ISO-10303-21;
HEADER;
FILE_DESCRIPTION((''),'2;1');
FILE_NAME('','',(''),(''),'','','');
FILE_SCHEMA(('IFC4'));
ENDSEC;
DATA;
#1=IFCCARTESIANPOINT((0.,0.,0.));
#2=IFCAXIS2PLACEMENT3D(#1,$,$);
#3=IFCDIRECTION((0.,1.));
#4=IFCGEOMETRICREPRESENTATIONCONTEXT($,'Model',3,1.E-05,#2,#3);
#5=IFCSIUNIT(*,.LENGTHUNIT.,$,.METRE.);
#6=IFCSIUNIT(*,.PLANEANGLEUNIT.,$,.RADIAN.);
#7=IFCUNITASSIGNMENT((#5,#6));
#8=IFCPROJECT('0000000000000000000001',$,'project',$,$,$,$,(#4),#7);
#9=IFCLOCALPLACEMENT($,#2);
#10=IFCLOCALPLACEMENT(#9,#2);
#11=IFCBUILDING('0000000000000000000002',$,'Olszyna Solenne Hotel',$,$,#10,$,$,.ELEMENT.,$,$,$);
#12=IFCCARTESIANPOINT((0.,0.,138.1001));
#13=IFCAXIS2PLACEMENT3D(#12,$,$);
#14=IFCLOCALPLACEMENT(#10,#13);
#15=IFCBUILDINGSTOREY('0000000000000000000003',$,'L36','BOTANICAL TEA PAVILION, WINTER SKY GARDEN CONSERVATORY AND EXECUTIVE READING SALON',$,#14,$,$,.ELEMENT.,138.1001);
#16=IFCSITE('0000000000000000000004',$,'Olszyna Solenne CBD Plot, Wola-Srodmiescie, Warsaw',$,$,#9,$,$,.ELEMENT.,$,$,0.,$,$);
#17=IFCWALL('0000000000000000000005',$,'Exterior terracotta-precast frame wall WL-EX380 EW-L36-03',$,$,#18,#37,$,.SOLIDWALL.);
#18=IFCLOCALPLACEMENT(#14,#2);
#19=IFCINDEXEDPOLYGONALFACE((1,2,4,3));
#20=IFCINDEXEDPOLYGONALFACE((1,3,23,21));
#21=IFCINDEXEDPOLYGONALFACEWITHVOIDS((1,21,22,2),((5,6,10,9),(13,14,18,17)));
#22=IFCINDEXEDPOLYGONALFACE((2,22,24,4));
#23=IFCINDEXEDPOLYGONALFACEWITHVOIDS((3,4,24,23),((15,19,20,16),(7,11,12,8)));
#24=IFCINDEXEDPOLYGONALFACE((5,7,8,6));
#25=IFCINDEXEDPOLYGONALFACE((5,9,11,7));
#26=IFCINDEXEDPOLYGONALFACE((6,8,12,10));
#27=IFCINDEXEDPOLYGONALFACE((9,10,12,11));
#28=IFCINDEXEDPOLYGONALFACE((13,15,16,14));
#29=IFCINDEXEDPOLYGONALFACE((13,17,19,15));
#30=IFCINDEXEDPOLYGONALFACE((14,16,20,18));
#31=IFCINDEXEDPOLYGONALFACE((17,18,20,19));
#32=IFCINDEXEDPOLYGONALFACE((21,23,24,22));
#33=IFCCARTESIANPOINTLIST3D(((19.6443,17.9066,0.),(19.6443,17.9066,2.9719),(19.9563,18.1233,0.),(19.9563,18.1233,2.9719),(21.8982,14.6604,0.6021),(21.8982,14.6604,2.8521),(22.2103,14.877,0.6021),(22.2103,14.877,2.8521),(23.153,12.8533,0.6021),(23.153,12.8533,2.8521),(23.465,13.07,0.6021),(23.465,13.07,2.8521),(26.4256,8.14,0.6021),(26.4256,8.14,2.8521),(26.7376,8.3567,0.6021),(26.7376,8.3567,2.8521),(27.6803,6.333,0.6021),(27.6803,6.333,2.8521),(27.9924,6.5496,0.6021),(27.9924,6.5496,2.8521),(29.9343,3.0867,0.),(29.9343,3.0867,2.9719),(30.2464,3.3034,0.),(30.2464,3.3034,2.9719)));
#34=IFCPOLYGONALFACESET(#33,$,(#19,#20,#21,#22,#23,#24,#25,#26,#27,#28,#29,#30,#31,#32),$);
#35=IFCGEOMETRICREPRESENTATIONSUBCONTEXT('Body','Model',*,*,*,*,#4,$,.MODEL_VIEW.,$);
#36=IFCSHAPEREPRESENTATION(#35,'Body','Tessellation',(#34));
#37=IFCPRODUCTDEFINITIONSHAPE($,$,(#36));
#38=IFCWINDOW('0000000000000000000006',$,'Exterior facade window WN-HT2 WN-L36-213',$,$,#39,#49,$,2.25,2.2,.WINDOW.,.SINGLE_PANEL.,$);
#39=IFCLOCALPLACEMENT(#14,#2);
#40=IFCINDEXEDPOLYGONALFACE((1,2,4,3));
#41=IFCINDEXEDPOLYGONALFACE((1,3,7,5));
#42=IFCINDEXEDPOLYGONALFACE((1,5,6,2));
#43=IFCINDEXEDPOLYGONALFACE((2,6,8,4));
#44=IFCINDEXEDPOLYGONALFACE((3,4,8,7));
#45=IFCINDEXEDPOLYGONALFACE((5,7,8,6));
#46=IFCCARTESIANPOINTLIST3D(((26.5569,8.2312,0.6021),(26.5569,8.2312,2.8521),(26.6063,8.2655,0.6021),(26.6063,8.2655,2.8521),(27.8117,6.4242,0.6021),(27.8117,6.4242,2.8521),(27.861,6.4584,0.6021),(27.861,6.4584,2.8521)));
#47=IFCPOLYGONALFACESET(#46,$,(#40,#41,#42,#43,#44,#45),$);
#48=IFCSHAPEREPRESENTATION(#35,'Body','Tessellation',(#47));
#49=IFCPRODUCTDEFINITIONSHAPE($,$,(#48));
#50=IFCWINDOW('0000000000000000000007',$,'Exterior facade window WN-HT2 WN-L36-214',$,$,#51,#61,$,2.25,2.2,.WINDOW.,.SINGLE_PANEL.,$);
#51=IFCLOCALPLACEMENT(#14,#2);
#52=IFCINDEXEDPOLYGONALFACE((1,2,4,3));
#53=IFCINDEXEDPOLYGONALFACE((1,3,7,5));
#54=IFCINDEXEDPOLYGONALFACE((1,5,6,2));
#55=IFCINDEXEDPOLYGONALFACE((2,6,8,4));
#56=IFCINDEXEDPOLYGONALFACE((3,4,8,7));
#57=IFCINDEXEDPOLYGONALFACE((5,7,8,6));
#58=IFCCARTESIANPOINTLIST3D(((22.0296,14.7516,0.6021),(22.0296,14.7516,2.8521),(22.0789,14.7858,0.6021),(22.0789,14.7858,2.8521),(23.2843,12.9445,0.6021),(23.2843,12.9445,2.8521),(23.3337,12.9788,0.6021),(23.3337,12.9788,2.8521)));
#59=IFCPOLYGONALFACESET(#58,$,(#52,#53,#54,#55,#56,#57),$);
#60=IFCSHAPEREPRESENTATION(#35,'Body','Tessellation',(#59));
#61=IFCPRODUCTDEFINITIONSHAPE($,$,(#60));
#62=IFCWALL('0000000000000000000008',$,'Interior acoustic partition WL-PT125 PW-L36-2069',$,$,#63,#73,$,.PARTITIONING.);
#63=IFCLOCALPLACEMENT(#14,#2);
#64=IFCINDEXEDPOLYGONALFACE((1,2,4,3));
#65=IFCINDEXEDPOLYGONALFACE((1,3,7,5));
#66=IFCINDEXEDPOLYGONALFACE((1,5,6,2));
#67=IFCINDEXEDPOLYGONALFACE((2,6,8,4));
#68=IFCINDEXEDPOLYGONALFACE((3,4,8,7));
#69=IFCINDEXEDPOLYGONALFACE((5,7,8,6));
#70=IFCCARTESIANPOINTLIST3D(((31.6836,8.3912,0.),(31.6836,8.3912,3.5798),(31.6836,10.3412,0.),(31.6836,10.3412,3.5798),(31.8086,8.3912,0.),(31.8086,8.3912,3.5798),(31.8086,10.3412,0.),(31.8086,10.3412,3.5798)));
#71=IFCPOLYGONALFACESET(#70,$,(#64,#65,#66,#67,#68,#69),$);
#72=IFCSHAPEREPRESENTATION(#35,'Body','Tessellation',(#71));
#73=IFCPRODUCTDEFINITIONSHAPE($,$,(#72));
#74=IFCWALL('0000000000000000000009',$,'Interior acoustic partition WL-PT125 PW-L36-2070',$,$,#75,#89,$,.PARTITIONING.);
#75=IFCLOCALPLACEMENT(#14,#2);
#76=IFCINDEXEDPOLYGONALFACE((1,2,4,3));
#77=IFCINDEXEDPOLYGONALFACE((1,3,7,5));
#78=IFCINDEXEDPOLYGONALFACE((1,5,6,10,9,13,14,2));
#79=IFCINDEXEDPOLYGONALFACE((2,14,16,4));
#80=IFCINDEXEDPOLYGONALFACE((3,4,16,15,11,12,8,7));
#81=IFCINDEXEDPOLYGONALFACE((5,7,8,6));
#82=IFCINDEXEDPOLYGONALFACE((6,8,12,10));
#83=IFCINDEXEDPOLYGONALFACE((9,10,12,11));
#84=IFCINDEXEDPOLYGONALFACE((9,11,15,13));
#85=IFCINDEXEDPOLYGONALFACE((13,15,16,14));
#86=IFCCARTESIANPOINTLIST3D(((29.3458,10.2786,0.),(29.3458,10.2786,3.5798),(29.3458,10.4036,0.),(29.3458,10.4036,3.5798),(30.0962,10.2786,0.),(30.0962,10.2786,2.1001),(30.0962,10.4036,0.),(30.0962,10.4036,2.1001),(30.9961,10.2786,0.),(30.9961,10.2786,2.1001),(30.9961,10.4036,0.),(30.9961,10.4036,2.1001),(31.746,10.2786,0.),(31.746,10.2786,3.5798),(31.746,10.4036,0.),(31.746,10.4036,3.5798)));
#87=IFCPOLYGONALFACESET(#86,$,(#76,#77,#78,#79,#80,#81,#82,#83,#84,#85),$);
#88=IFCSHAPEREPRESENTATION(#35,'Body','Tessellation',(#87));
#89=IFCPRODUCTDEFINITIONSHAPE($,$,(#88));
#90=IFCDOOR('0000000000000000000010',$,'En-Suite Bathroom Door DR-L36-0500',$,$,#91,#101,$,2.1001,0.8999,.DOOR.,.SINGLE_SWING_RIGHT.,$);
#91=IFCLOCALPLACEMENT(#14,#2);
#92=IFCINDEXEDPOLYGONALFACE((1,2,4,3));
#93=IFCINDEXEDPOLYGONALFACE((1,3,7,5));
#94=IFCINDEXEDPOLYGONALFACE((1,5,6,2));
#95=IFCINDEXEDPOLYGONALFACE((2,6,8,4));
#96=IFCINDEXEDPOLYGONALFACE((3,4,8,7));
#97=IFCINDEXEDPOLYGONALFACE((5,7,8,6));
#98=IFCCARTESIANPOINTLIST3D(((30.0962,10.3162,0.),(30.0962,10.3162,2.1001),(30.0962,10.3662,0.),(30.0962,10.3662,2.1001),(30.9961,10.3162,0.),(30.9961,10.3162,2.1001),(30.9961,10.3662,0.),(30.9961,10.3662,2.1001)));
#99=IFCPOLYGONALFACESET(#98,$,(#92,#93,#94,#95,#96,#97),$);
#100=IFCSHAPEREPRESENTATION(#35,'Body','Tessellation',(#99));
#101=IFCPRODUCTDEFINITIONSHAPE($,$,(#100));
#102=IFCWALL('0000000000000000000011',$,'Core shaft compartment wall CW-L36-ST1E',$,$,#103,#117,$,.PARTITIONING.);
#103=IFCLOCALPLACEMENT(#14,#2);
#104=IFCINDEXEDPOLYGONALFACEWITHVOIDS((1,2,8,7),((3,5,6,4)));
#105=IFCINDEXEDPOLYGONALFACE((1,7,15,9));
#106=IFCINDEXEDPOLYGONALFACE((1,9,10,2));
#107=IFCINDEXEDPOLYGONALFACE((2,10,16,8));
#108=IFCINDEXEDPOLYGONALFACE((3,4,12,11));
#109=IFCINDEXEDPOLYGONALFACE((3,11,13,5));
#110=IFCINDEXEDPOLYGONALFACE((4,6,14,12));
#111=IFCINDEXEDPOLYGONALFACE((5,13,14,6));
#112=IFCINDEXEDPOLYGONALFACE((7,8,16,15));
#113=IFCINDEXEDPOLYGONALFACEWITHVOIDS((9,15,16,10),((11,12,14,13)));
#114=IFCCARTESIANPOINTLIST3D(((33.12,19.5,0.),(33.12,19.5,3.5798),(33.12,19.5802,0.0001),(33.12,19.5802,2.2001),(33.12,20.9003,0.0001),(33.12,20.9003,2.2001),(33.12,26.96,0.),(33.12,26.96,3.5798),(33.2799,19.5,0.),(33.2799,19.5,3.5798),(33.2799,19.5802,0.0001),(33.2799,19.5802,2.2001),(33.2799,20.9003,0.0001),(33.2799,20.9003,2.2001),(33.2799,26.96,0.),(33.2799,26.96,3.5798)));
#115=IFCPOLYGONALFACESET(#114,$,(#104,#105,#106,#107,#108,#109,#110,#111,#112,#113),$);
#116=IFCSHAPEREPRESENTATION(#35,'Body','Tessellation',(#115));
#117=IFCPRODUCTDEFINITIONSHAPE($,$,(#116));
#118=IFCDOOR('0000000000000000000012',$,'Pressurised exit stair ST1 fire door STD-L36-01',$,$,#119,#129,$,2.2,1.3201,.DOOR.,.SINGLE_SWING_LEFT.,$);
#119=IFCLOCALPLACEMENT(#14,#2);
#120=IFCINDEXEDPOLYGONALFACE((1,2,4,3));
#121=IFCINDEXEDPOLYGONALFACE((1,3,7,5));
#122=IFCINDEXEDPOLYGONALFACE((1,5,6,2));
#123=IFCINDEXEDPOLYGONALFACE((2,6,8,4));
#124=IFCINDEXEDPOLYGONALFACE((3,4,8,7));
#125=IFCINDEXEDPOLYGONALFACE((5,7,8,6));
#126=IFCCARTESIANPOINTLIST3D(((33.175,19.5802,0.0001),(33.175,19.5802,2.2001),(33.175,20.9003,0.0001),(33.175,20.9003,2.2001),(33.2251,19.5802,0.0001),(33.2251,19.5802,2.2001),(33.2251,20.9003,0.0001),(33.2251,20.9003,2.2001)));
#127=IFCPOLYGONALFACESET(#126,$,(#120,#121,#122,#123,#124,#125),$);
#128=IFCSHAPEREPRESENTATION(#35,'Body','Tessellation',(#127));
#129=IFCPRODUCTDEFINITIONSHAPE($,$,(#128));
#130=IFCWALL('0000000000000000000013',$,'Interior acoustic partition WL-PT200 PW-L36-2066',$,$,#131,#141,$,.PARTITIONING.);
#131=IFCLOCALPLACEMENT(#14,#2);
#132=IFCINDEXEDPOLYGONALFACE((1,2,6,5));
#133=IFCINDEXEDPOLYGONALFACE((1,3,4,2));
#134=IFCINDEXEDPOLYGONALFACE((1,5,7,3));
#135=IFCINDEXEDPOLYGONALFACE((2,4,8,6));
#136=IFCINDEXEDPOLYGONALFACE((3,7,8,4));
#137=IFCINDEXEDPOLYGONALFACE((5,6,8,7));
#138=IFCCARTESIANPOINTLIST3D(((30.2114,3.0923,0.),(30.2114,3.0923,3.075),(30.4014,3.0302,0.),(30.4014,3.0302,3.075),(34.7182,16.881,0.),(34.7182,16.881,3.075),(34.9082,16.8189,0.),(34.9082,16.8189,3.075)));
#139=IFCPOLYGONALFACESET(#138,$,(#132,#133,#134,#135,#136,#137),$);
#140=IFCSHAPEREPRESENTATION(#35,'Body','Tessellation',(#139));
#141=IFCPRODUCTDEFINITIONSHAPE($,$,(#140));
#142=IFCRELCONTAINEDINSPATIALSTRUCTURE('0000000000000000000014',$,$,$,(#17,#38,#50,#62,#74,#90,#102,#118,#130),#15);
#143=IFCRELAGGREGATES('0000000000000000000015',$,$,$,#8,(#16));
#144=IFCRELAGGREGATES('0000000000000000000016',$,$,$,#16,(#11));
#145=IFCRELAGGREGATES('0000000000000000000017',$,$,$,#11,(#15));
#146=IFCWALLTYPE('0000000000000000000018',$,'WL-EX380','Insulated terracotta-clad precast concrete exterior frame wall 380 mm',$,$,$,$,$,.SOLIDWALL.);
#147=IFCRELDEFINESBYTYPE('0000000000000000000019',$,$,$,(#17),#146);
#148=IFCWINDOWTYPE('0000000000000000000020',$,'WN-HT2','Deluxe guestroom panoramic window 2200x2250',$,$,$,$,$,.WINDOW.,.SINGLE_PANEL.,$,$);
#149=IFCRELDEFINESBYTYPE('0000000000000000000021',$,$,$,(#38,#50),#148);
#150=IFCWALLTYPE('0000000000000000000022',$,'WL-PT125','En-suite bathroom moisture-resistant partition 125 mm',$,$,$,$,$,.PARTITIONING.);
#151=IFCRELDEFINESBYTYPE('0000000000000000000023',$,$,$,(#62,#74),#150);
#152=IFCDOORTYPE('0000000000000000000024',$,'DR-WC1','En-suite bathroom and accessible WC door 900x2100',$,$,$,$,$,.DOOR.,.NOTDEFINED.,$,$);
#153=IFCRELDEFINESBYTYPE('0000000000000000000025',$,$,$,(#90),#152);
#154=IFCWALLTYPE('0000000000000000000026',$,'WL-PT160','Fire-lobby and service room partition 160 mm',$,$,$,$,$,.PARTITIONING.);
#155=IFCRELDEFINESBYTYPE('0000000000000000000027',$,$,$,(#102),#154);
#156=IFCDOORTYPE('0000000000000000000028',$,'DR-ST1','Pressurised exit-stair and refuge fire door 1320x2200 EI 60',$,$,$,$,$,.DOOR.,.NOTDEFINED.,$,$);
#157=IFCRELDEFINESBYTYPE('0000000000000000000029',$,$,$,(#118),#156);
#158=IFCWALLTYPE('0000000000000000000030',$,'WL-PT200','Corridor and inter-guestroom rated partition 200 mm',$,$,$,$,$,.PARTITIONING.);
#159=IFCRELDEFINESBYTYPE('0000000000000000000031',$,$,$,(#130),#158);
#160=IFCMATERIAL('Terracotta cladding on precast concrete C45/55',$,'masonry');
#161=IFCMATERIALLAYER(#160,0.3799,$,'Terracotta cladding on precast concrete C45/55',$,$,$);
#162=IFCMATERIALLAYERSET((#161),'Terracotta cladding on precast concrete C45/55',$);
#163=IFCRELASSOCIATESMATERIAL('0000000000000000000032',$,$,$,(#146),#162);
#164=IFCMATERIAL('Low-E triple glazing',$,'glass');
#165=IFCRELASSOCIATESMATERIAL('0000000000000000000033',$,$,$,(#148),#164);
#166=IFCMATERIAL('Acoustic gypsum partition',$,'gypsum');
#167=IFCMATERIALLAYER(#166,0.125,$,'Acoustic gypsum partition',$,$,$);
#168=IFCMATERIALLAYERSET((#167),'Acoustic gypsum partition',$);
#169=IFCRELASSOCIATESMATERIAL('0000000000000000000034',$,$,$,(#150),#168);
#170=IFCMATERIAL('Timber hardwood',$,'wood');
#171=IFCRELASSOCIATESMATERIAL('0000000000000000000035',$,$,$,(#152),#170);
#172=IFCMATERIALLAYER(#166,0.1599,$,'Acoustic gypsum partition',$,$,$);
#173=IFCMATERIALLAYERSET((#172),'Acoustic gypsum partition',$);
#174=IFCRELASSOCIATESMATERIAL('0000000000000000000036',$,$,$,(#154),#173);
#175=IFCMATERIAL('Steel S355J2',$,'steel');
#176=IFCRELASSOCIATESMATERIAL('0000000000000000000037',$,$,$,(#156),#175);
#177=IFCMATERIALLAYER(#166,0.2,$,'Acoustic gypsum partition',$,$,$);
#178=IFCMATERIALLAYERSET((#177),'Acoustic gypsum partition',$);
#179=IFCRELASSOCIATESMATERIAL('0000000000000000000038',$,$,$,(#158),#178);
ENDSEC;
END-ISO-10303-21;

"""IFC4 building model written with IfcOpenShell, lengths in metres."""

from ifc_helpers import new_model, si_unit, direction, frame, frame_2d, origin, place, context, subcontext, project, spatial, rectangle, extrude, source, transform, mapped, material, layer, layer_set, type_object, type_shapes, element, fill, save


model = new_model("IFC4")

# Units and contexts
model_context = context("Model", 3, precision=1e-05, world=origin(), true_north=direction((0.0, 1.0)))
body_context = subcontext(model_context, "Body", "Model", "MODEL_VIEW")
ifc_project = project(units=[si_unit("LENGTHUNIT", "METRE"), si_unit("PLANEANGLEUNIT", "RADIAN")], contexts=[model_context])

# Site, building, storey
site_placement = place(None, origin())
site = spatial("IfcSite", under=ifc_project, at=site_placement, Name="Olszyna Solenne CBD Plot, Wola-Srodmiescie, Warsaw", CompositionType="ELEMENT", RefElevation=0.0)
building_placement = place(site_placement, origin())
building = spatial("IfcBuilding", under=site, at=building_placement, Name="Olszyna Solenne Hotel", CompositionType="ELEMENT")
storey_placement = place(building_placement, frame((0.0, 0.0, 138.1001)))
storey = spatial("IfcBuildingStorey", under=building, at=storey_placement, Name="L36", Description="BOTANICAL TEA PAVILION, WINTER SKY GARDEN CONSERVATORY AND EXECUTIVE READING SALON", CompositionType="ELEMENT", Elevation=138.1001)

# Shared definitions
ifc_material_1 = material(Name="Steel S355J2", Category="steel")

# Shared definitions
ifc_material_2 = material(Name="Low-E triple glazing", Category="glass")

# Wall, openings, windows
ifc_material_3 = material(Name="Terracotta cladding on precast concrete C45/55", Category="masonry")
ifc_layer_1 = layer(ifc_material_3, 0.3799, Name="Terracotta cladding on precast concrete C45/55")
ifc_layer_set_1 = layer_set([ifc_layer_1], Name="Terracotta cladding on precast concrete C45/55")
wall_type_1 = type_object("IfcWallType", Name="WL-EX380", Description="Insulated terracotta-clad precast concrete exterior frame wall 380 mm", PredefinedType="SOLIDWALL", material=ifc_layer_set_1)
wall_1_placement = place(storey_placement, frame((30.0903, 3.1951, 0.0), z_axis=(0.0, 0.0, 1.0), x_axis=(-0.57034, 0.821409, 0.0)))
wall_1 = element("IfcWall", 1, at=wall_1_placement, inside=storey, type_object=wall_type_1, Name="Exterior terracotta-precast frame wall WL-EX380 EW-L36-03", PredefinedType="SOLIDWALL", context=body_context, shape_type="SweptSolid", body=[
    extrude(rectangle(XDim=18.042, YDim=0.3799, at=frame_2d((9.021, 0.0))), origin(), (0.0, 0.0, 1.0), 2.9719),
])
opening_1_placement = place(wall_1_placement, frame((3.9519, 0.0, 0.6021)))
opening_1 = element("IfcOpeningElement", 2, at=opening_1_placement, cuts=wall_1, PredefinedType="OPENING", context=body_context, shape_type="SweptSolid", body=[
    extrude(rectangle(XDim=2.2, YDim=2.25, at=frame_2d((1.1001, 1.125))), frame((0.0, 0.2, 0.0), z_axis=(0.0, -1.0, 0.0), x_axis=(1.0, 0.0, 0.0)), (0.0, 0.0, 1.0), 0.3999),
])
opening_2_placement = place(wall_1_placement, frame((11.8899, 0.0, 0.6021)))
opening_2 = element("IfcOpeningElement", 3, at=opening_2_placement, cuts=wall_1, PredefinedType="OPENING", context=body_context, shape_type="SweptSolid", body=[
    extrude(rectangle(XDim=2.2, YDim=2.25, at=frame_2d((1.1001, 1.125))), frame((0.0, 0.2, 0.0), z_axis=(0.0, -1.0, 0.0), x_axis=(1.0, 0.0, 0.0)), (0.0, 0.0, 1.0), 0.3999),
])
window_type = type_object("IfcWindowType", Name="WN-HT2", Description="Deluxe guestroom panoramic window 2200x2250", PartitioningType="SINGLE_PANEL", PredefinedType="WINDOW", material=ifc_material_2)
shared_shape_1 = source(origin(), body_context, "Body", "SweptSolid", [
    extrude(rectangle(XDim=2.2, YDim=2.25, at=frame_2d((1.1001, 1.125))), frame((0.0, 0.03, 0.0), z_axis=(0.0, -1.0, 0.0), x_axis=(1.0, 0.0, 0.0)), (0.0, 0.0, 1.0), 0.0601),
])
type_shapes(window_type, [shared_shape_1])
window_1_placement = place(opening_1_placement, origin())
window_1 = element("IfcWindow", 4, at=window_1_placement, inside=storey, type_object=window_type, Name="Exterior facade window WN-HT2 WN-L36-213", OverallHeight=2.25, OverallWidth=2.2, PartitioningType="SINGLE_PANEL", PredefinedType="WINDOW", context=body_context, shape_type="MappedRepresentation", body=[
    mapped(shared_shape_1, transform((0.0, 0.0, 0.0), x_axis=(1.0, 0.0, 0.0), y_axis=(0.0, 1.0, 0.0), z_axis=(0.0, 0.0, 1.0), scale=1.0)),
])
fill(opening_1, window_1)
window_2_placement = place(opening_2_placement, origin())
window_2 = element("IfcWindow", 5, at=window_2_placement, inside=storey, type_object=window_type, Name="Exterior facade window WN-HT2 WN-L36-214", OverallHeight=2.25, OverallWidth=2.2, PartitioningType="SINGLE_PANEL", PredefinedType="WINDOW", context=body_context, shape_type="MappedRepresentation", body=[
    mapped(shared_shape_1, transform((0.0, 0.0, 0.0), x_axis=(1.0, 0.0, 0.0), y_axis=(0.0, 1.0, 0.0), z_axis=(0.0, 0.0, 1.0), scale=1.0)),
])
fill(opening_2, window_2)

# Wall
ifc_material_4 = material(Name="Acoustic gypsum partition", Category="gypsum")
ifc_layer_2 = layer(ifc_material_4, 0.125, Name="Acoustic gypsum partition")
ifc_layer_set_2 = layer_set([ifc_layer_2], Name="Acoustic gypsum partition")
wall_type_2 = type_object("IfcWallType", Name="WL-PT125", Description="En-suite bathroom moisture-resistant partition 125 mm", PredefinedType="PARTITIONING", material=ifc_layer_set_2)
wall_2_placement = place(storey_placement, frame((31.7461, 8.3911, 0.0), z_axis=(0.0, 0.0, 1.0), x_axis=(0.0, 1.0, 0.0)))
element("IfcWall", 6, at=wall_2_placement, inside=storey, type_object=wall_type_2, Name="Interior acoustic partition WL-PT125 PW-L36-2069", PredefinedType="PARTITIONING", context=body_context, shape_type="SweptSolid", body=[
    extrude(rectangle(XDim=1.95, YDim=0.125, at=frame_2d((0.9751, 0.0))), origin(), (0.0, 0.0, 1.0), 3.5798),
])

# Walls, openings, doors
wall_3_placement = place(storey_placement, frame((31.7461, 10.3411, 0.0), z_axis=(0.0, 0.0, 1.0), x_axis=(-1.0, 0.0, 0.0)))
wall_3 = element("IfcWall", 7, at=wall_3_placement, inside=storey, type_object=wall_type_2, Name="Interior acoustic partition WL-PT125 PW-L36-2070", PredefinedType="PARTITIONING", context=body_context, shape_type="SweptSolid", body=[
    extrude(rectangle(XDim=2.4001, YDim=0.125, at=frame_2d((1.2002, 0.0))), origin(), (0.0, 0.0, 1.0), 3.5798),
])
opening_3_placement = place(wall_3_placement, frame((0.75, 0.0, 0.0)))
opening_3 = element("IfcOpeningElement", 8, at=opening_3_placement, cuts=wall_3, PredefinedType="OPENING", context=body_context, shape_type="SweptSolid", body=[
    extrude(rectangle(XDim=0.8999, YDim=2.1001, at=frame_2d((0.45, 1.05))), frame((0.0, 0.0725, 0.0), z_axis=(0.0, -1.0, 0.0), x_axis=(1.0, 0.0, 0.0)), (0.0, 0.0, 1.0), 0.145),
])
ifc_material_5 = material(Name="Timber hardwood", Category="wood")
door_type_1 = type_object("IfcDoorType", Name="DR-WC1", Description="En-suite bathroom and accessible WC door 900x2100", OperationType="NOTDEFINED", PredefinedType="DOOR", material=ifc_material_5)
shared_shape_2 = source(origin(), body_context, "Body", "SweptSolid", [
    extrude(rectangle(XDim=0.8999, YDim=2.1001, at=frame_2d((0.45, 1.05))), frame((0.0, 0.0249, 0.0), z_axis=(0.0, -1.0, 0.0), x_axis=(1.0, 0.0, 0.0)), (0.0, 0.0, 1.0), 0.05),
])
type_shapes(door_type_1, [shared_shape_2])
door_1_placement = place(opening_3_placement, origin())
door_1 = element("IfcDoor", 9, at=door_1_placement, inside=storey, type_object=door_type_1, Name="En-Suite Bathroom Door DR-L36-0500", OperationType="SINGLE_SWING_RIGHT", OverallHeight=2.1001, OverallWidth=0.8999, PredefinedType="DOOR", context=body_context, shape_type="MappedRepresentation", body=[
    mapped(shared_shape_2, transform((0.0, 0.0, 0.0), x_axis=(1.0, 0.0, 0.0), y_axis=(0.0, 1.0, 0.0), z_axis=(0.0, 0.0, 1.0), scale=1.0)),
])
fill(opening_3, door_1)
ifc_layer_3 = layer(ifc_material_4, 0.1599, Name="Acoustic gypsum partition")
ifc_layer_set_3 = layer_set([ifc_layer_3], Name="Acoustic gypsum partition")
wall_type_3 = type_object("IfcWallType", Name="WL-PT160", Description="Fire-lobby and service room partition 160 mm", PredefinedType="PARTITIONING", material=ifc_layer_set_3)
wall_4_placement = place(storey_placement, frame((33.2, 19.5, 0.0), z_axis=(0.0, 0.0, 1.0), x_axis=(0.0, 1.0, 0.0)))
wall_4 = element("IfcWall", 10, at=wall_4_placement, inside=storey, type_object=wall_type_3, Name="Core shaft compartment wall CW-L36-ST1E", PredefinedType="PARTITIONING", context=body_context, shape_type="SweptSolid", body=[
    extrude(rectangle(XDim=7.46, YDim=0.1599, at=frame_2d((3.73, 0.0))), origin(), (0.0, 0.0, 1.0), 3.5798),
])
opening_4_placement = place(wall_4_placement, frame((0.0801, 0.0, 0.0)))
opening_4 = element("IfcOpeningElement", 11, at=opening_4_placement, cuts=wall_4, PredefinedType="OPENING", context=body_context, shape_type="SweptSolid", body=[
    extrude(rectangle(XDim=1.3201, YDim=2.2, at=frame_2d((0.6602, 1.1001))), frame((0.0, 0.0898, 0.0), z_axis=(0.0, -1.0, 0.0), x_axis=(1.0, 0.0, 0.0)), (0.0, 0.0, 1.0), 0.1799),
])
door_type_2 = type_object("IfcDoorType", Name="DR-ST1", Description="Pressurised exit-stair and refuge fire door 1320x2200 EI 60", OperationType="NOTDEFINED", PredefinedType="DOOR", material=ifc_material_1)
shared_shape_3 = source(origin(), body_context, "Body", "SweptSolid", [
    extrude(rectangle(XDim=1.3201, YDim=2.2, at=frame_2d((0.6602, 1.1001))), frame((0.0, 0.0249, 0.0), z_axis=(0.0, -1.0, 0.0), x_axis=(1.0, 0.0, 0.0)), (0.0, 0.0, 1.0), 0.05),
])
type_shapes(door_type_2, [shared_shape_3])
door_2_placement = place(opening_4_placement, origin())
door_2 = element("IfcDoor", 12, at=door_2_placement, inside=storey, type_object=door_type_2, Name="Pressurised exit stair ST1 fire door STD-L36-01", OperationType="SINGLE_SWING_LEFT", OverallHeight=2.2, OverallWidth=1.3201, PredefinedType="DOOR", context=body_context, shape_type="MappedRepresentation", body=[
    mapped(shared_shape_3, transform((0.0, 0.0, 0.0), x_axis=(1.0, 0.0, 0.0), y_axis=(0.0, 1.0, 0.0), z_axis=(0.0, 0.0, 1.0), scale=1.0)),
])
fill(opening_4, door_2)

# Wall
ifc_layer_4 = layer(ifc_material_4, 0.2, Name="Acoustic gypsum partition")
ifc_layer_set_4 = layer_set([ifc_layer_4], Name="Acoustic gypsum partition")
wall_type_4 = type_object("IfcWallType", Name="WL-PT200", Description="Corridor and inter-guestroom rated partition 200 mm", PredefinedType="PARTITIONING", material=ifc_layer_set_4)
wall_5_placement = place(storey_placement, frame((34.8132, 16.8501, 0.0), z_axis=(0.0, 0.0, 1.0), x_axis=(-0.310674, -0.950517, 0.0)))
element("IfcWall", 13, at=wall_5_placement, inside=storey, type_object=wall_type_4, Name="Interior acoustic partition WL-PT200 PW-L36-2066", PredefinedType="PARTITIONING", context=body_context, shape_type="SweptSolid", body=[
    extrude(rectangle(XDim=14.5066, YDim=0.2, at=frame_2d((7.2534, 0.0))), origin(), (0.0, 0.0, 1.0), 3.075),
])

save(model, "model.ifc")
